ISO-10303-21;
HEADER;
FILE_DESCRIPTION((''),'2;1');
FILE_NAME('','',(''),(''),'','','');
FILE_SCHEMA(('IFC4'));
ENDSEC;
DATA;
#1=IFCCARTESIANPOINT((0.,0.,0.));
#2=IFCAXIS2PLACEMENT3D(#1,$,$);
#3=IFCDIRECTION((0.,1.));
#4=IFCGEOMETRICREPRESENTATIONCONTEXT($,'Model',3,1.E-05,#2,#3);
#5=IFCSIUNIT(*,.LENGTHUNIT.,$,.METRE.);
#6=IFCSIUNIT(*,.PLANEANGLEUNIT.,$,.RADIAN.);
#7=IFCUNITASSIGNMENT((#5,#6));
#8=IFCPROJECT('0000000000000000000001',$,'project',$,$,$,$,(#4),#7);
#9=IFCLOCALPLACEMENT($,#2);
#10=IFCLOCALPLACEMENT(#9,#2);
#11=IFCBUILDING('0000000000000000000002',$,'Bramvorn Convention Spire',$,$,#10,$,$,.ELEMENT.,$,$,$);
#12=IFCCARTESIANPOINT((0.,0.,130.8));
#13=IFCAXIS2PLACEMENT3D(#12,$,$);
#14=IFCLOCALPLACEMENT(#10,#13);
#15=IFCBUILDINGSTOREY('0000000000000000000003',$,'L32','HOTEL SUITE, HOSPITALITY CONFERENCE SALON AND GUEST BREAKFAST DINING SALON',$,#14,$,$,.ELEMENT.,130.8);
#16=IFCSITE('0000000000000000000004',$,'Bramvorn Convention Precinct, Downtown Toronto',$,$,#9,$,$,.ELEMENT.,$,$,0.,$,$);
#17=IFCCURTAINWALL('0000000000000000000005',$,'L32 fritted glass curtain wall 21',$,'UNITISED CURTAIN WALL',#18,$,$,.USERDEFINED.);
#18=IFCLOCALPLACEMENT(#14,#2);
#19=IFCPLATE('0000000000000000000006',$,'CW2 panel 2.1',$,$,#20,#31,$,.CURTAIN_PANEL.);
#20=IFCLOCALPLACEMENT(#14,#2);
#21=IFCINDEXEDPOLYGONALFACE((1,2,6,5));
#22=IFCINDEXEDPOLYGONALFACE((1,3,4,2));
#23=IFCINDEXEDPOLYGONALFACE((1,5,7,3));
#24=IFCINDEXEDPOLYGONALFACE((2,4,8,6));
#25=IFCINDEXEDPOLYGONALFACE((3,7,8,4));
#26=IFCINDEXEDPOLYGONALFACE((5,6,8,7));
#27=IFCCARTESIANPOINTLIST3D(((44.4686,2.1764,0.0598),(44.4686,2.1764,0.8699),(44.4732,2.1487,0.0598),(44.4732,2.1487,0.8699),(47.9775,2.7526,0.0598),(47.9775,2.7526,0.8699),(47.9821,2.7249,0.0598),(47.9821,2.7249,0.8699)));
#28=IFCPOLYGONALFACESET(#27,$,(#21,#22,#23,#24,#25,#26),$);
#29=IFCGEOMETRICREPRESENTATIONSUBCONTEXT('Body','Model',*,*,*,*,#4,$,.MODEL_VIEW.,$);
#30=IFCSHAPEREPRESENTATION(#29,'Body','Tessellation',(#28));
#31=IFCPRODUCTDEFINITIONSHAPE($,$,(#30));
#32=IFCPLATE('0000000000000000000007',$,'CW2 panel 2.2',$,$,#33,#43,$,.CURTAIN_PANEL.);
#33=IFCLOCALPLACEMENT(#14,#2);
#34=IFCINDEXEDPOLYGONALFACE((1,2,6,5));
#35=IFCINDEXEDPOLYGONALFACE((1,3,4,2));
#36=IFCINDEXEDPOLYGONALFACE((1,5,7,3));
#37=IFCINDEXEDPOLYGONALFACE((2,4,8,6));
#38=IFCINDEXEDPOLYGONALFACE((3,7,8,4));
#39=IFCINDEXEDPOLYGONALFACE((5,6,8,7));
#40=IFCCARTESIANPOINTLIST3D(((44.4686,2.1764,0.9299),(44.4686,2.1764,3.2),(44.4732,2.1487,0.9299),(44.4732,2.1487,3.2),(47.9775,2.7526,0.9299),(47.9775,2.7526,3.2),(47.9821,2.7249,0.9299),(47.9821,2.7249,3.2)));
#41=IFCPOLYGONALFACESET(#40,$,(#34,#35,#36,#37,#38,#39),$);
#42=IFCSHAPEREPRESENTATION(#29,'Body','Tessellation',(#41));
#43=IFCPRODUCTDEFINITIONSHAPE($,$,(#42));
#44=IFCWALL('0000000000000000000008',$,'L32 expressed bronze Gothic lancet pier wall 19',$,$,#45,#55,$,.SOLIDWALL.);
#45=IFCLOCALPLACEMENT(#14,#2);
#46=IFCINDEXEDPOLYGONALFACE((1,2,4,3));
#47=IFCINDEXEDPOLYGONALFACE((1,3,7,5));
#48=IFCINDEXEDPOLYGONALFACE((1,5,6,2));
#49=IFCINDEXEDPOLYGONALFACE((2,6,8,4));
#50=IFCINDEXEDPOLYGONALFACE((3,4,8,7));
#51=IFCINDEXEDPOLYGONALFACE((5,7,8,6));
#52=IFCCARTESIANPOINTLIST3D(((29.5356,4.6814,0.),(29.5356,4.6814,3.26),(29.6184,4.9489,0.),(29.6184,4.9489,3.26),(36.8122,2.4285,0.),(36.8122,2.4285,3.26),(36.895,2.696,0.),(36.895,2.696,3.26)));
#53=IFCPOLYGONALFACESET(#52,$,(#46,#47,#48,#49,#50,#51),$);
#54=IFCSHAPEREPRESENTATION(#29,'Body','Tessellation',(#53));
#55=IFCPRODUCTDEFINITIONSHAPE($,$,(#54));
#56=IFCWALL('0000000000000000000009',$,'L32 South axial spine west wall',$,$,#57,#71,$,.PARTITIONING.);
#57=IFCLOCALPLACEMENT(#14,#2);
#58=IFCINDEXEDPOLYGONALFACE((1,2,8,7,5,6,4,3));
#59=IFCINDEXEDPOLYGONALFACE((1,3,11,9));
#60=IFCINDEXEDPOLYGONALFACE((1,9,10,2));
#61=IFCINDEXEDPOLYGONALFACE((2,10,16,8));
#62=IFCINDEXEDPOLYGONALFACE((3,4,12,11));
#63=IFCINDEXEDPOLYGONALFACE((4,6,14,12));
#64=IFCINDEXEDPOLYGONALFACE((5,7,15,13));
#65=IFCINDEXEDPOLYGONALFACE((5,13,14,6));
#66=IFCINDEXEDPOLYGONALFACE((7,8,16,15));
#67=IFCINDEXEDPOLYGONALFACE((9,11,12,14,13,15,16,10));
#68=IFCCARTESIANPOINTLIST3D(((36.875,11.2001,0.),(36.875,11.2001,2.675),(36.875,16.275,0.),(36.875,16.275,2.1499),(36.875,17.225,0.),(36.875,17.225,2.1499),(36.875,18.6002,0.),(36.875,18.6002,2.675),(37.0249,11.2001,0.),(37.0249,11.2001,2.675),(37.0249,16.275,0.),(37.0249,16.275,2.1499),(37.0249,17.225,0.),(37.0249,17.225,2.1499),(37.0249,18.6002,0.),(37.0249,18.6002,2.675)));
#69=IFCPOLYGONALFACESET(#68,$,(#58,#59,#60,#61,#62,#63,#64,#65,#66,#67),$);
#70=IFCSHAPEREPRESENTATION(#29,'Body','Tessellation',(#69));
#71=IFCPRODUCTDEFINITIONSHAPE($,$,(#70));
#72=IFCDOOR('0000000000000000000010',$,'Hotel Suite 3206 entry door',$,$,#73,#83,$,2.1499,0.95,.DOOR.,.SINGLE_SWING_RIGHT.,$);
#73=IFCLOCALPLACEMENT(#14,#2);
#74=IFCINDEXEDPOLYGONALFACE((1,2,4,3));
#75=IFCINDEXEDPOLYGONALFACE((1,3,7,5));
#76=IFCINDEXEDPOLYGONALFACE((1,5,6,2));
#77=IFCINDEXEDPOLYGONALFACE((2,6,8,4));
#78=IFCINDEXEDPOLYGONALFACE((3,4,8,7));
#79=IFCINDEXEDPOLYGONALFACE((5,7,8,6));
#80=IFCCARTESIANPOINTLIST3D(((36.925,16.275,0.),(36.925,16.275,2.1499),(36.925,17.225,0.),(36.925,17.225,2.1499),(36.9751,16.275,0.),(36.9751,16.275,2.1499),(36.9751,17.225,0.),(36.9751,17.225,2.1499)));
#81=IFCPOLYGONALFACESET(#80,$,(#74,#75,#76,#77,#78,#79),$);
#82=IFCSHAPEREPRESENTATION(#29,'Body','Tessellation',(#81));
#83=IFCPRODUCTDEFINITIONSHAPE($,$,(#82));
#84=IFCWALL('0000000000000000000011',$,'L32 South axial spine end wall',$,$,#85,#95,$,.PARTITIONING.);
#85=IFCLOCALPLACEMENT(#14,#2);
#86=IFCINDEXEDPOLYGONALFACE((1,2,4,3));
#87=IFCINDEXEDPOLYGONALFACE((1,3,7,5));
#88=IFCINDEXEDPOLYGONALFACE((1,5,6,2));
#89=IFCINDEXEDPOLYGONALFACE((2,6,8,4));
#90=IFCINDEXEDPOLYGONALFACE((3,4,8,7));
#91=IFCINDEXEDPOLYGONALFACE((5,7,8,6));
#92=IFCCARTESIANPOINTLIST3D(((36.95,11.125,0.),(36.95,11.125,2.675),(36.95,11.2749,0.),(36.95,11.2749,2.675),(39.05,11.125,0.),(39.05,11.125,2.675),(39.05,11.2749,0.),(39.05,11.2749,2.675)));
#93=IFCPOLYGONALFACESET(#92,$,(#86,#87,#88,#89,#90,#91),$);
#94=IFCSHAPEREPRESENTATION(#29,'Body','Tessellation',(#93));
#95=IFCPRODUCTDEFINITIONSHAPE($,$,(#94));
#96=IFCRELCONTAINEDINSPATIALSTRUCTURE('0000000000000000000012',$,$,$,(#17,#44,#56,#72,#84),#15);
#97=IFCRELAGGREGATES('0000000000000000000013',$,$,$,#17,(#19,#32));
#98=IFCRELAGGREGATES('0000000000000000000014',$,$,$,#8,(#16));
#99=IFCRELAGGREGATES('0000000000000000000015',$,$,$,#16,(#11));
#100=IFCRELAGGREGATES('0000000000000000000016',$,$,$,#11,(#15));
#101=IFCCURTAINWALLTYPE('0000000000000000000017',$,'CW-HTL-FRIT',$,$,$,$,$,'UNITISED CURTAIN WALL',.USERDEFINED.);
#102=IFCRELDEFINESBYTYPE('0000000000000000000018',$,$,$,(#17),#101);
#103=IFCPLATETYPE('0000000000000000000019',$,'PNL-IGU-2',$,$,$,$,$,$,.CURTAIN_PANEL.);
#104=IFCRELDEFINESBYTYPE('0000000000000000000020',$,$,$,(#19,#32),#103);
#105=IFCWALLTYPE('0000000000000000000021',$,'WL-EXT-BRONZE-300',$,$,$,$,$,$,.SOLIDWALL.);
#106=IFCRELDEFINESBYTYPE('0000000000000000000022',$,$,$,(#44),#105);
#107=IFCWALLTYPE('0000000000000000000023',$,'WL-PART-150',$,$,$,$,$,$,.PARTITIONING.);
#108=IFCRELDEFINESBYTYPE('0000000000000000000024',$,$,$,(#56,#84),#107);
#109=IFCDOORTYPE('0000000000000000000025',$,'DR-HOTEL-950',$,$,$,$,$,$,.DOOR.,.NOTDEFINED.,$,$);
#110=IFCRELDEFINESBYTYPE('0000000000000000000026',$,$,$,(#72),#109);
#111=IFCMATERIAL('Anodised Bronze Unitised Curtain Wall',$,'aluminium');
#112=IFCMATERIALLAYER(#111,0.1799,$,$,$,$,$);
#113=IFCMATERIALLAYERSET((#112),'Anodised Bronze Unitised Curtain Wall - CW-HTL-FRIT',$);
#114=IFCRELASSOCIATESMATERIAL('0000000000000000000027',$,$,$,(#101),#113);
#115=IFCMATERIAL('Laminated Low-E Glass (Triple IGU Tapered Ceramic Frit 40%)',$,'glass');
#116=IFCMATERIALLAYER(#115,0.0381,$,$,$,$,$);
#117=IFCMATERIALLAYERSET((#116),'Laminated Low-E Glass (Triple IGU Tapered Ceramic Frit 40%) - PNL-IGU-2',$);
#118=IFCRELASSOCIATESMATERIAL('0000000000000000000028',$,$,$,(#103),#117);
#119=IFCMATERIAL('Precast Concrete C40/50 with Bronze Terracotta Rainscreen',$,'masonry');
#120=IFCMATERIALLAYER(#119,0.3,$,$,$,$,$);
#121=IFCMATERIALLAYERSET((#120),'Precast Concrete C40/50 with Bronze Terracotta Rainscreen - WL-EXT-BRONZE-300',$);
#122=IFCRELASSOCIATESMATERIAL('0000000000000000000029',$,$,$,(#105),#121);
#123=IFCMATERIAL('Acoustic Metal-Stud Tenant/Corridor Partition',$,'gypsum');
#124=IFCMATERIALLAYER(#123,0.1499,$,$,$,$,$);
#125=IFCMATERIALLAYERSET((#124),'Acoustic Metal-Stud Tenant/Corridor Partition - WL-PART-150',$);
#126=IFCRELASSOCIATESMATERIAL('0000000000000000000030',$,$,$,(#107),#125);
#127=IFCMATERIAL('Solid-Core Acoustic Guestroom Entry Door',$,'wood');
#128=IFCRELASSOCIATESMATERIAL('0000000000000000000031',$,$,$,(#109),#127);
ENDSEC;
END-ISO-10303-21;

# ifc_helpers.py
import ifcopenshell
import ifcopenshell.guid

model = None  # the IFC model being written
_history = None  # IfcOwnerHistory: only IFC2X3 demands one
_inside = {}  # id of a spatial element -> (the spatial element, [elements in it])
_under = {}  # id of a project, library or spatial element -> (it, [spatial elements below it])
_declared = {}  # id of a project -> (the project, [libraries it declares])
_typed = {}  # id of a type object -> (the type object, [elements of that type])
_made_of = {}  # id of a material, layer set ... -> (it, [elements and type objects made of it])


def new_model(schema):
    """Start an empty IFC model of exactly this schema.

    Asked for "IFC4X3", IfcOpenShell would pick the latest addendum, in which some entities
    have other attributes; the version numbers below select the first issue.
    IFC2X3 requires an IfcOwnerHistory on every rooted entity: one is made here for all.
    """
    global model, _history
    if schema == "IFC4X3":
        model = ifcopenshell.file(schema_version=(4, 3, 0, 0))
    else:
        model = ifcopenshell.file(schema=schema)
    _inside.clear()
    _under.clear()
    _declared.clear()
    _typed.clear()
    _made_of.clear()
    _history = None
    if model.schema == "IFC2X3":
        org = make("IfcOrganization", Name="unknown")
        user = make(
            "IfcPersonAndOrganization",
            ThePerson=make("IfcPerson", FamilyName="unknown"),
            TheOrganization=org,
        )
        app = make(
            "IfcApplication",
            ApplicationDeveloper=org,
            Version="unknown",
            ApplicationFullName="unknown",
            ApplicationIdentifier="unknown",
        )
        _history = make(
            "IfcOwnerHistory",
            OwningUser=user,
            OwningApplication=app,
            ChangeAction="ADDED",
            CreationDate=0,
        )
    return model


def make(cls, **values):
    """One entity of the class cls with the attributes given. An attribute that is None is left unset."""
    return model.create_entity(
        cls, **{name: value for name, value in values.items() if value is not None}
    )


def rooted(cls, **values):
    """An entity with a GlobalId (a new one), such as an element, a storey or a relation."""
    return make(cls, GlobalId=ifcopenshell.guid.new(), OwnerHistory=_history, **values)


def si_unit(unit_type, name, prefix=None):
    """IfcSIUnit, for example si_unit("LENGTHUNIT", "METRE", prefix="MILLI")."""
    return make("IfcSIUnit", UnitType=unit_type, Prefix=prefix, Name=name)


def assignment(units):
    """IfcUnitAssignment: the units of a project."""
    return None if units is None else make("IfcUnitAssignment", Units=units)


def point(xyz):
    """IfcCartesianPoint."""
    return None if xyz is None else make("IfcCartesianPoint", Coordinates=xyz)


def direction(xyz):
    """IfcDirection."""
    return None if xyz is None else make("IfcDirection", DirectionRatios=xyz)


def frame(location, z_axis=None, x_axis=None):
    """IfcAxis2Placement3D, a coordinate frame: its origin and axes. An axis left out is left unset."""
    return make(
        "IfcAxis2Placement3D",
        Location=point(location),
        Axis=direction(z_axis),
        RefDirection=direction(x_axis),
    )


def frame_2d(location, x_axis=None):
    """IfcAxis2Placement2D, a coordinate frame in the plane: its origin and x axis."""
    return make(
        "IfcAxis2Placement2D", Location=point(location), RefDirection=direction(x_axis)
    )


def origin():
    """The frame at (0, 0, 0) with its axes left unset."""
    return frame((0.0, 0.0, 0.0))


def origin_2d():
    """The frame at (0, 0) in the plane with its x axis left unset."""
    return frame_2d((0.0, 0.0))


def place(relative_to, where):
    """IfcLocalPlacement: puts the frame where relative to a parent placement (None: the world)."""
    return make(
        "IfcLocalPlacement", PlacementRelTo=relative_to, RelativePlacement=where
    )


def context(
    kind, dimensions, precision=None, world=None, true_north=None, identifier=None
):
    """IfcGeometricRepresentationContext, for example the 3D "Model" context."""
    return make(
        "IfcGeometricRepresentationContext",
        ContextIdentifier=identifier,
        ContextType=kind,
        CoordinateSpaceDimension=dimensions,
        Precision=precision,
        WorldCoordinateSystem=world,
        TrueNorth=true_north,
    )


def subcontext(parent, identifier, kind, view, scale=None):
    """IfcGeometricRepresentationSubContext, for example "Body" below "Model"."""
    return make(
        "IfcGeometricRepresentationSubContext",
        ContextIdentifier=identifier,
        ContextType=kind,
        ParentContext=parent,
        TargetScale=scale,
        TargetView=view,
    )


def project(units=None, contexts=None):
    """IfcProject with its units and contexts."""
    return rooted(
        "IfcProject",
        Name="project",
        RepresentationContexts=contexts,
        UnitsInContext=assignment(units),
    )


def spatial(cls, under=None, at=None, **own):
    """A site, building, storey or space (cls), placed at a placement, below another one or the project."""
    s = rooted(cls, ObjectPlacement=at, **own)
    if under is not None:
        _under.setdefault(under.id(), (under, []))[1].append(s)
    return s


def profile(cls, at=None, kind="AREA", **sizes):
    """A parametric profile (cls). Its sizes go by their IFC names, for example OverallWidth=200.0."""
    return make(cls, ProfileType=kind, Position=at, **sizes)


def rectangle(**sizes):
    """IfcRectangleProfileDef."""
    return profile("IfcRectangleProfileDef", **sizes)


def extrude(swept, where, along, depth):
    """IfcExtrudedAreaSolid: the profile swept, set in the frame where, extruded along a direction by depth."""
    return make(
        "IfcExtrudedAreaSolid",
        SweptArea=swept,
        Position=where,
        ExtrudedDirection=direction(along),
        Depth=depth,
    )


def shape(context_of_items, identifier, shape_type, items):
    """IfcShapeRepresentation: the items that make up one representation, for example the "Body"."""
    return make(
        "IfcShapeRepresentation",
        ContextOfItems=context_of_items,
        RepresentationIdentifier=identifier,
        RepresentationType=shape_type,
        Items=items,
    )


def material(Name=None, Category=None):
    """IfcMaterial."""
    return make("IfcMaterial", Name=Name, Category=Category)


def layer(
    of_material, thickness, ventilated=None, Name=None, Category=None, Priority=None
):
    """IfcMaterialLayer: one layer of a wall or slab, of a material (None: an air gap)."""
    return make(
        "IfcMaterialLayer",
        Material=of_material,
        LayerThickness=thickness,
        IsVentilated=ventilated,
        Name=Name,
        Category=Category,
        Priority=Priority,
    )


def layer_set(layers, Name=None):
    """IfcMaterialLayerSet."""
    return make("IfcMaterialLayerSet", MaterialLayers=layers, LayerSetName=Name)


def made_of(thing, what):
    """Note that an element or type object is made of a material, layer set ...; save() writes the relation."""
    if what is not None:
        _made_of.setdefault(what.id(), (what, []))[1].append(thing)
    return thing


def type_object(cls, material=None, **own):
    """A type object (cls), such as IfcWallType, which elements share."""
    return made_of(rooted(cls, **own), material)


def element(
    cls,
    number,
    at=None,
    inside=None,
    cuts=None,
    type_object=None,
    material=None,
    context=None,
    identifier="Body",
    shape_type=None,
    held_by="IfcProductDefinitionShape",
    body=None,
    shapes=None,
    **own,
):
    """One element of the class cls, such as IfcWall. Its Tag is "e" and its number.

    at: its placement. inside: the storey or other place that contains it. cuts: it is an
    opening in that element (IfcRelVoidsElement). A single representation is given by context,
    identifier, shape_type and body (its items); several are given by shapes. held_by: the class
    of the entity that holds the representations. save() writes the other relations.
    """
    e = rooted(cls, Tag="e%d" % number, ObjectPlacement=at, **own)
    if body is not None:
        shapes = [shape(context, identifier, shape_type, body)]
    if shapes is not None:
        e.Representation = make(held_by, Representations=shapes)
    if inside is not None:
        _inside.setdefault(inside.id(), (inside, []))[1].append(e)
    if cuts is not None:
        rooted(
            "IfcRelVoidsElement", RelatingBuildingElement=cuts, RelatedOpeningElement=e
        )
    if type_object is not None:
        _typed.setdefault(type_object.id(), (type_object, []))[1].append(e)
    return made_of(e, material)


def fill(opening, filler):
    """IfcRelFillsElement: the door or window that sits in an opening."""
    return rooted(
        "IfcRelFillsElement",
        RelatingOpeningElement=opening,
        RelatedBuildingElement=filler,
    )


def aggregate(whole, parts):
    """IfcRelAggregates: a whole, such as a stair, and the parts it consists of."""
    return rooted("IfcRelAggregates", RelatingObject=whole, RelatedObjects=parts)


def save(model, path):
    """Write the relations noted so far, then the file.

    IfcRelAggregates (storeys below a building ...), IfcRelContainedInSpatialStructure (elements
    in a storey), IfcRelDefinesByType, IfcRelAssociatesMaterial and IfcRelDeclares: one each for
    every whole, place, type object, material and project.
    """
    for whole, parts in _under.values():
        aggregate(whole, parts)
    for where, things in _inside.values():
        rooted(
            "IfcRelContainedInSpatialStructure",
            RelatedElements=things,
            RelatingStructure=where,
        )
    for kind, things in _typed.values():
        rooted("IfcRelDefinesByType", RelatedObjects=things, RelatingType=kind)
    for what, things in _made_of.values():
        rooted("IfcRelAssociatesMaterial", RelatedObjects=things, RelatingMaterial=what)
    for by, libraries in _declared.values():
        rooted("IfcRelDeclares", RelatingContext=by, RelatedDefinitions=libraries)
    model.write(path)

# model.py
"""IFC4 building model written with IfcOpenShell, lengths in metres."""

from ifc_helpers import new_model, si_unit, direction, frame, frame_2d, origin, origin_2d, place, context, subcontext, project, spatial, rectangle, extrude, material, layer, layer_set, type_object, element, fill, aggregate, save


model = new_model("IFC4")

# Units and contexts
model_context = context("Model", 3, precision=1e-05, world=origin(), true_north=direction((0.0, 1.0)))
body_context = subcontext(model_context, "Body", "Model", "MODEL_VIEW")
ifc_project = project(units=[si_unit("LENGTHUNIT", "METRE"), si_unit("PLANEANGLEUNIT", "RADIAN")], contexts=[model_context])

# Site, building, storey
site_placement = place(None, origin())
site = spatial("IfcSite", under=ifc_project, at=site_placement, Name="Bramvorn Convention Precinct, Downtown Toronto", CompositionType="ELEMENT", RefElevation=0.0)
building_placement = place(site_placement, origin())
building = spatial("IfcBuilding", under=site, at=building_placement, Name="Bramvorn Convention Spire", CompositionType="ELEMENT")
storey_placement = place(building_placement, frame((0.0, 0.0, 130.8)))
storey = spatial("IfcBuildingStorey", under=building, at=storey_placement, Name="L32", Description="HOTEL SUITE, HOSPITALITY CONFERENCE SALON AND GUEST BREAKFAST DINING SALON", CompositionType="ELEMENT", Elevation=130.8)

# Curtain wall
ifc_material_1 = material(Name="Anodised Bronze Unitised Curtain Wall", Category="aluminium")
ifc_layer_1 = layer(ifc_material_1, 0.1799)
ifc_layer_set_1 = layer_set([ifc_layer_1], Name="Anodised Bronze Unitised Curtain Wall - CW-HTL-FRIT")
curtain_wall_type = type_object("IfcCurtainWallType", Name="CW-HTL-FRIT", ElementType="UNITISED CURTAIN WALL", PredefinedType="USERDEFINED", material=ifc_layer_set_1)
curtain_wall_1_placement = place(storey_placement, origin())
curtain_wall_1 = element("IfcCurtainWall", 1, at=curtain_wall_1_placement, inside=storey, type_object=curtain_wall_type, Name="L32 fritted glass curtain wall 21", ObjectType="UNITISED CURTAIN WALL", PredefinedType="USERDEFINED")

# Plates
ifc_material_2 = material(Name="Laminated Low-E Glass (Triple IGU Tapered Ceramic Frit 40%)", Category="glass")
ifc_layer_2 = layer(ifc_material_2, 0.0381)
ifc_layer_set_2 = layer_set([ifc_layer_2], Name="Laminated Low-E Glass (Triple IGU Tapered Ceramic Frit 40%) - PNL-IGU-2")
plate_type = type_object("IfcPlateType", Name="PNL-IGU-2", PredefinedType="CURTAIN_PANEL", material=ifc_layer_set_2)
plate_1_placement = place(storey_placement, frame((46.2253, 2.4507, 0.0598), z_axis=(0.0, 0.0, 1.0), x_axis=(-0.986784, -0.162043, 0.0)))
plate_1 = element("IfcPlate", 2, at=plate_1_placement, type_object=plate_type, Name="CW2 panel 2.1", PredefinedType="CURTAIN_PANEL", context=body_context, shape_type="SweptSolid", body=[
    extrude(rectangle(XDim=3.5559, YDim=0.0281, at=origin_2d()), origin(), (0.0, 0.0, 1.0), 0.8101),
])
plate_2_placement = place(storey_placement, frame((46.2253, 2.4507, 0.9299), z_axis=(0.0, 0.0, 1.0), x_axis=(-0.986784, -0.162043, 0.0)))
plate_2 = element("IfcPlate", 3, at=plate_2_placement, type_object=plate_type, Name="CW2 panel 2.2", PredefinedType="CURTAIN_PANEL", context=body_context, shape_type="SweptSolid", body=[
    extrude(rectangle(XDim=3.5559, YDim=0.0281, at=origin_2d()), origin(), (0.0, 0.0, 1.0), 2.27),
])
aggregate(curtain_wall_1, [plate_1, plate_2])

# Wall
ifc_material_3 = material(Name="Precast Concrete C40/50 with Bronze Terracotta Rainscreen", Category="masonry")
ifc_layer_3 = layer(ifc_material_3, 0.3)
ifc_layer_set_3 = layer_set([ifc_layer_3], Name="Precast Concrete C40/50 with Bronze Terracotta Rainscreen - WL-EXT-BRONZE-300")
wall_type_1 = type_object("IfcWallType", Name="WL-EXT-BRONZE-300", PredefinedType="SOLIDWALL", material=ifc_layer_set_3)
wall_1_placement = place(storey_placement, frame((36.8535, 2.5623, 0.0), z_axis=(0.0, 0.0, 1.0), x_axis=(-0.955262, 0.295761, 0.0)))
element("IfcWall", 4, at=wall_1_placement, inside=storey, type_object=wall_type_1, Name="L32 expressed bronze Gothic lancet pier wall 19", PredefinedType="SOLIDWALL", context=body_context, shape_type="SweptSolid", body=[
    extrude(rectangle(XDim=7.6174, YDim=0.28, at=frame_2d((3.8086, 0.0))), origin(), (0.0, 0.0, 1.0), 3.26),
])

# Wall, opening, door
ifc_material_4 = material(Name="Acoustic Metal-Stud Tenant/Corridor Partition", Category="gypsum")
ifc_layer_4 = layer(ifc_material_4, 0.1499)
ifc_layer_set_4 = layer_set([ifc_layer_4], Name="Acoustic Metal-Stud Tenant/Corridor Partition - WL-PART-150")
wall_type_2 = type_object("IfcWallType", Name="WL-PART-150", PredefinedType="PARTITIONING", material=ifc_layer_set_4)
wall_2_placement = place(storey_placement, frame((36.95, 11.2, 0.0), z_axis=(0.0, 0.0, 1.0), x_axis=(0.0, 1.0, 0.0)))
wall_2 = element("IfcWall", 5, at=wall_2_placement, inside=storey, type_object=wall_type_2, Name="L32 South axial spine west wall", PredefinedType="PARTITIONING", context=body_context, shape_type="SweptSolid", body=[
    extrude(rectangle(XDim=7.4001, YDim=0.1499, at=frame_2d((3.7002, 0.0))), origin(), (0.0, 0.0, 1.0), 2.675),
])
opening_placement = place(wall_2_placement, frame((5.075, 0.0, 0.0)))
opening = element("IfcOpeningElement", 6, at=opening_placement, cuts=wall_2, PredefinedType="OPENING", context=body_context, shape_type="SweptSolid", body=[
    extrude(rectangle(XDim=0.95, YDim=2.1499, at=frame_2d((0.4751, 1.075))), frame((0.0, 0.085, 0.0), z_axis=(0.0, -1.0, 0.0), x_axis=(1.0, 0.0, 0.0)), (0.0, 0.0, 1.0), 0.1699),
])
ifc_material_5 = material(Name="Solid-Core Acoustic Guestroom Entry Door", Category="wood")
door_type = type_object("IfcDoorType", Name="DR-HOTEL-950", OperationType="NOTDEFINED", PredefinedType="DOOR", material=ifc_material_5)
door_placement = place(opening_placement, origin())
door = element("IfcDoor", 7, at=door_placement, inside=storey, type_object=door_type, Name="Hotel Suite 3206 entry door", OperationType="SINGLE_SWING_RIGHT", OverallHeight=2.1499, OverallWidth=0.95, PredefinedType="DOOR", context=body_context, shape_type="SweptSolid", body=[
    extrude(rectangle(XDim=0.95, YDim=2.1499, at=frame_2d((0.4751, 1.075))), frame((0.0, 0.0249, 0.0), z_axis=(0.0, -1.0, 0.0), x_axis=(1.0, 0.0, 0.0)), (0.0, 0.0, 1.0), 0.05),
])
fill(opening, door)

# Wall
wall_3_placement = place(storey_placement, frame((36.95, 11.2, 0.0), z_axis=(0.0, 0.0, 1.0), x_axis=(1.0, 0.0, 0.0)))
element("IfcWall", 8, at=wall_3_placement, inside=storey, type_object=wall_type_2, Name="L32 South axial spine end wall", PredefinedType="PARTITIONING", context=body_context, shape_type="SweptSolid", body=[
    extrude(rectangle(XDim=2.1001, YDim=0.1499, at=frame_2d((1.05, 0.0))), origin(), (0.0, 0.0, 1.0), 2.675),
])

save(model, "model.ifc")
